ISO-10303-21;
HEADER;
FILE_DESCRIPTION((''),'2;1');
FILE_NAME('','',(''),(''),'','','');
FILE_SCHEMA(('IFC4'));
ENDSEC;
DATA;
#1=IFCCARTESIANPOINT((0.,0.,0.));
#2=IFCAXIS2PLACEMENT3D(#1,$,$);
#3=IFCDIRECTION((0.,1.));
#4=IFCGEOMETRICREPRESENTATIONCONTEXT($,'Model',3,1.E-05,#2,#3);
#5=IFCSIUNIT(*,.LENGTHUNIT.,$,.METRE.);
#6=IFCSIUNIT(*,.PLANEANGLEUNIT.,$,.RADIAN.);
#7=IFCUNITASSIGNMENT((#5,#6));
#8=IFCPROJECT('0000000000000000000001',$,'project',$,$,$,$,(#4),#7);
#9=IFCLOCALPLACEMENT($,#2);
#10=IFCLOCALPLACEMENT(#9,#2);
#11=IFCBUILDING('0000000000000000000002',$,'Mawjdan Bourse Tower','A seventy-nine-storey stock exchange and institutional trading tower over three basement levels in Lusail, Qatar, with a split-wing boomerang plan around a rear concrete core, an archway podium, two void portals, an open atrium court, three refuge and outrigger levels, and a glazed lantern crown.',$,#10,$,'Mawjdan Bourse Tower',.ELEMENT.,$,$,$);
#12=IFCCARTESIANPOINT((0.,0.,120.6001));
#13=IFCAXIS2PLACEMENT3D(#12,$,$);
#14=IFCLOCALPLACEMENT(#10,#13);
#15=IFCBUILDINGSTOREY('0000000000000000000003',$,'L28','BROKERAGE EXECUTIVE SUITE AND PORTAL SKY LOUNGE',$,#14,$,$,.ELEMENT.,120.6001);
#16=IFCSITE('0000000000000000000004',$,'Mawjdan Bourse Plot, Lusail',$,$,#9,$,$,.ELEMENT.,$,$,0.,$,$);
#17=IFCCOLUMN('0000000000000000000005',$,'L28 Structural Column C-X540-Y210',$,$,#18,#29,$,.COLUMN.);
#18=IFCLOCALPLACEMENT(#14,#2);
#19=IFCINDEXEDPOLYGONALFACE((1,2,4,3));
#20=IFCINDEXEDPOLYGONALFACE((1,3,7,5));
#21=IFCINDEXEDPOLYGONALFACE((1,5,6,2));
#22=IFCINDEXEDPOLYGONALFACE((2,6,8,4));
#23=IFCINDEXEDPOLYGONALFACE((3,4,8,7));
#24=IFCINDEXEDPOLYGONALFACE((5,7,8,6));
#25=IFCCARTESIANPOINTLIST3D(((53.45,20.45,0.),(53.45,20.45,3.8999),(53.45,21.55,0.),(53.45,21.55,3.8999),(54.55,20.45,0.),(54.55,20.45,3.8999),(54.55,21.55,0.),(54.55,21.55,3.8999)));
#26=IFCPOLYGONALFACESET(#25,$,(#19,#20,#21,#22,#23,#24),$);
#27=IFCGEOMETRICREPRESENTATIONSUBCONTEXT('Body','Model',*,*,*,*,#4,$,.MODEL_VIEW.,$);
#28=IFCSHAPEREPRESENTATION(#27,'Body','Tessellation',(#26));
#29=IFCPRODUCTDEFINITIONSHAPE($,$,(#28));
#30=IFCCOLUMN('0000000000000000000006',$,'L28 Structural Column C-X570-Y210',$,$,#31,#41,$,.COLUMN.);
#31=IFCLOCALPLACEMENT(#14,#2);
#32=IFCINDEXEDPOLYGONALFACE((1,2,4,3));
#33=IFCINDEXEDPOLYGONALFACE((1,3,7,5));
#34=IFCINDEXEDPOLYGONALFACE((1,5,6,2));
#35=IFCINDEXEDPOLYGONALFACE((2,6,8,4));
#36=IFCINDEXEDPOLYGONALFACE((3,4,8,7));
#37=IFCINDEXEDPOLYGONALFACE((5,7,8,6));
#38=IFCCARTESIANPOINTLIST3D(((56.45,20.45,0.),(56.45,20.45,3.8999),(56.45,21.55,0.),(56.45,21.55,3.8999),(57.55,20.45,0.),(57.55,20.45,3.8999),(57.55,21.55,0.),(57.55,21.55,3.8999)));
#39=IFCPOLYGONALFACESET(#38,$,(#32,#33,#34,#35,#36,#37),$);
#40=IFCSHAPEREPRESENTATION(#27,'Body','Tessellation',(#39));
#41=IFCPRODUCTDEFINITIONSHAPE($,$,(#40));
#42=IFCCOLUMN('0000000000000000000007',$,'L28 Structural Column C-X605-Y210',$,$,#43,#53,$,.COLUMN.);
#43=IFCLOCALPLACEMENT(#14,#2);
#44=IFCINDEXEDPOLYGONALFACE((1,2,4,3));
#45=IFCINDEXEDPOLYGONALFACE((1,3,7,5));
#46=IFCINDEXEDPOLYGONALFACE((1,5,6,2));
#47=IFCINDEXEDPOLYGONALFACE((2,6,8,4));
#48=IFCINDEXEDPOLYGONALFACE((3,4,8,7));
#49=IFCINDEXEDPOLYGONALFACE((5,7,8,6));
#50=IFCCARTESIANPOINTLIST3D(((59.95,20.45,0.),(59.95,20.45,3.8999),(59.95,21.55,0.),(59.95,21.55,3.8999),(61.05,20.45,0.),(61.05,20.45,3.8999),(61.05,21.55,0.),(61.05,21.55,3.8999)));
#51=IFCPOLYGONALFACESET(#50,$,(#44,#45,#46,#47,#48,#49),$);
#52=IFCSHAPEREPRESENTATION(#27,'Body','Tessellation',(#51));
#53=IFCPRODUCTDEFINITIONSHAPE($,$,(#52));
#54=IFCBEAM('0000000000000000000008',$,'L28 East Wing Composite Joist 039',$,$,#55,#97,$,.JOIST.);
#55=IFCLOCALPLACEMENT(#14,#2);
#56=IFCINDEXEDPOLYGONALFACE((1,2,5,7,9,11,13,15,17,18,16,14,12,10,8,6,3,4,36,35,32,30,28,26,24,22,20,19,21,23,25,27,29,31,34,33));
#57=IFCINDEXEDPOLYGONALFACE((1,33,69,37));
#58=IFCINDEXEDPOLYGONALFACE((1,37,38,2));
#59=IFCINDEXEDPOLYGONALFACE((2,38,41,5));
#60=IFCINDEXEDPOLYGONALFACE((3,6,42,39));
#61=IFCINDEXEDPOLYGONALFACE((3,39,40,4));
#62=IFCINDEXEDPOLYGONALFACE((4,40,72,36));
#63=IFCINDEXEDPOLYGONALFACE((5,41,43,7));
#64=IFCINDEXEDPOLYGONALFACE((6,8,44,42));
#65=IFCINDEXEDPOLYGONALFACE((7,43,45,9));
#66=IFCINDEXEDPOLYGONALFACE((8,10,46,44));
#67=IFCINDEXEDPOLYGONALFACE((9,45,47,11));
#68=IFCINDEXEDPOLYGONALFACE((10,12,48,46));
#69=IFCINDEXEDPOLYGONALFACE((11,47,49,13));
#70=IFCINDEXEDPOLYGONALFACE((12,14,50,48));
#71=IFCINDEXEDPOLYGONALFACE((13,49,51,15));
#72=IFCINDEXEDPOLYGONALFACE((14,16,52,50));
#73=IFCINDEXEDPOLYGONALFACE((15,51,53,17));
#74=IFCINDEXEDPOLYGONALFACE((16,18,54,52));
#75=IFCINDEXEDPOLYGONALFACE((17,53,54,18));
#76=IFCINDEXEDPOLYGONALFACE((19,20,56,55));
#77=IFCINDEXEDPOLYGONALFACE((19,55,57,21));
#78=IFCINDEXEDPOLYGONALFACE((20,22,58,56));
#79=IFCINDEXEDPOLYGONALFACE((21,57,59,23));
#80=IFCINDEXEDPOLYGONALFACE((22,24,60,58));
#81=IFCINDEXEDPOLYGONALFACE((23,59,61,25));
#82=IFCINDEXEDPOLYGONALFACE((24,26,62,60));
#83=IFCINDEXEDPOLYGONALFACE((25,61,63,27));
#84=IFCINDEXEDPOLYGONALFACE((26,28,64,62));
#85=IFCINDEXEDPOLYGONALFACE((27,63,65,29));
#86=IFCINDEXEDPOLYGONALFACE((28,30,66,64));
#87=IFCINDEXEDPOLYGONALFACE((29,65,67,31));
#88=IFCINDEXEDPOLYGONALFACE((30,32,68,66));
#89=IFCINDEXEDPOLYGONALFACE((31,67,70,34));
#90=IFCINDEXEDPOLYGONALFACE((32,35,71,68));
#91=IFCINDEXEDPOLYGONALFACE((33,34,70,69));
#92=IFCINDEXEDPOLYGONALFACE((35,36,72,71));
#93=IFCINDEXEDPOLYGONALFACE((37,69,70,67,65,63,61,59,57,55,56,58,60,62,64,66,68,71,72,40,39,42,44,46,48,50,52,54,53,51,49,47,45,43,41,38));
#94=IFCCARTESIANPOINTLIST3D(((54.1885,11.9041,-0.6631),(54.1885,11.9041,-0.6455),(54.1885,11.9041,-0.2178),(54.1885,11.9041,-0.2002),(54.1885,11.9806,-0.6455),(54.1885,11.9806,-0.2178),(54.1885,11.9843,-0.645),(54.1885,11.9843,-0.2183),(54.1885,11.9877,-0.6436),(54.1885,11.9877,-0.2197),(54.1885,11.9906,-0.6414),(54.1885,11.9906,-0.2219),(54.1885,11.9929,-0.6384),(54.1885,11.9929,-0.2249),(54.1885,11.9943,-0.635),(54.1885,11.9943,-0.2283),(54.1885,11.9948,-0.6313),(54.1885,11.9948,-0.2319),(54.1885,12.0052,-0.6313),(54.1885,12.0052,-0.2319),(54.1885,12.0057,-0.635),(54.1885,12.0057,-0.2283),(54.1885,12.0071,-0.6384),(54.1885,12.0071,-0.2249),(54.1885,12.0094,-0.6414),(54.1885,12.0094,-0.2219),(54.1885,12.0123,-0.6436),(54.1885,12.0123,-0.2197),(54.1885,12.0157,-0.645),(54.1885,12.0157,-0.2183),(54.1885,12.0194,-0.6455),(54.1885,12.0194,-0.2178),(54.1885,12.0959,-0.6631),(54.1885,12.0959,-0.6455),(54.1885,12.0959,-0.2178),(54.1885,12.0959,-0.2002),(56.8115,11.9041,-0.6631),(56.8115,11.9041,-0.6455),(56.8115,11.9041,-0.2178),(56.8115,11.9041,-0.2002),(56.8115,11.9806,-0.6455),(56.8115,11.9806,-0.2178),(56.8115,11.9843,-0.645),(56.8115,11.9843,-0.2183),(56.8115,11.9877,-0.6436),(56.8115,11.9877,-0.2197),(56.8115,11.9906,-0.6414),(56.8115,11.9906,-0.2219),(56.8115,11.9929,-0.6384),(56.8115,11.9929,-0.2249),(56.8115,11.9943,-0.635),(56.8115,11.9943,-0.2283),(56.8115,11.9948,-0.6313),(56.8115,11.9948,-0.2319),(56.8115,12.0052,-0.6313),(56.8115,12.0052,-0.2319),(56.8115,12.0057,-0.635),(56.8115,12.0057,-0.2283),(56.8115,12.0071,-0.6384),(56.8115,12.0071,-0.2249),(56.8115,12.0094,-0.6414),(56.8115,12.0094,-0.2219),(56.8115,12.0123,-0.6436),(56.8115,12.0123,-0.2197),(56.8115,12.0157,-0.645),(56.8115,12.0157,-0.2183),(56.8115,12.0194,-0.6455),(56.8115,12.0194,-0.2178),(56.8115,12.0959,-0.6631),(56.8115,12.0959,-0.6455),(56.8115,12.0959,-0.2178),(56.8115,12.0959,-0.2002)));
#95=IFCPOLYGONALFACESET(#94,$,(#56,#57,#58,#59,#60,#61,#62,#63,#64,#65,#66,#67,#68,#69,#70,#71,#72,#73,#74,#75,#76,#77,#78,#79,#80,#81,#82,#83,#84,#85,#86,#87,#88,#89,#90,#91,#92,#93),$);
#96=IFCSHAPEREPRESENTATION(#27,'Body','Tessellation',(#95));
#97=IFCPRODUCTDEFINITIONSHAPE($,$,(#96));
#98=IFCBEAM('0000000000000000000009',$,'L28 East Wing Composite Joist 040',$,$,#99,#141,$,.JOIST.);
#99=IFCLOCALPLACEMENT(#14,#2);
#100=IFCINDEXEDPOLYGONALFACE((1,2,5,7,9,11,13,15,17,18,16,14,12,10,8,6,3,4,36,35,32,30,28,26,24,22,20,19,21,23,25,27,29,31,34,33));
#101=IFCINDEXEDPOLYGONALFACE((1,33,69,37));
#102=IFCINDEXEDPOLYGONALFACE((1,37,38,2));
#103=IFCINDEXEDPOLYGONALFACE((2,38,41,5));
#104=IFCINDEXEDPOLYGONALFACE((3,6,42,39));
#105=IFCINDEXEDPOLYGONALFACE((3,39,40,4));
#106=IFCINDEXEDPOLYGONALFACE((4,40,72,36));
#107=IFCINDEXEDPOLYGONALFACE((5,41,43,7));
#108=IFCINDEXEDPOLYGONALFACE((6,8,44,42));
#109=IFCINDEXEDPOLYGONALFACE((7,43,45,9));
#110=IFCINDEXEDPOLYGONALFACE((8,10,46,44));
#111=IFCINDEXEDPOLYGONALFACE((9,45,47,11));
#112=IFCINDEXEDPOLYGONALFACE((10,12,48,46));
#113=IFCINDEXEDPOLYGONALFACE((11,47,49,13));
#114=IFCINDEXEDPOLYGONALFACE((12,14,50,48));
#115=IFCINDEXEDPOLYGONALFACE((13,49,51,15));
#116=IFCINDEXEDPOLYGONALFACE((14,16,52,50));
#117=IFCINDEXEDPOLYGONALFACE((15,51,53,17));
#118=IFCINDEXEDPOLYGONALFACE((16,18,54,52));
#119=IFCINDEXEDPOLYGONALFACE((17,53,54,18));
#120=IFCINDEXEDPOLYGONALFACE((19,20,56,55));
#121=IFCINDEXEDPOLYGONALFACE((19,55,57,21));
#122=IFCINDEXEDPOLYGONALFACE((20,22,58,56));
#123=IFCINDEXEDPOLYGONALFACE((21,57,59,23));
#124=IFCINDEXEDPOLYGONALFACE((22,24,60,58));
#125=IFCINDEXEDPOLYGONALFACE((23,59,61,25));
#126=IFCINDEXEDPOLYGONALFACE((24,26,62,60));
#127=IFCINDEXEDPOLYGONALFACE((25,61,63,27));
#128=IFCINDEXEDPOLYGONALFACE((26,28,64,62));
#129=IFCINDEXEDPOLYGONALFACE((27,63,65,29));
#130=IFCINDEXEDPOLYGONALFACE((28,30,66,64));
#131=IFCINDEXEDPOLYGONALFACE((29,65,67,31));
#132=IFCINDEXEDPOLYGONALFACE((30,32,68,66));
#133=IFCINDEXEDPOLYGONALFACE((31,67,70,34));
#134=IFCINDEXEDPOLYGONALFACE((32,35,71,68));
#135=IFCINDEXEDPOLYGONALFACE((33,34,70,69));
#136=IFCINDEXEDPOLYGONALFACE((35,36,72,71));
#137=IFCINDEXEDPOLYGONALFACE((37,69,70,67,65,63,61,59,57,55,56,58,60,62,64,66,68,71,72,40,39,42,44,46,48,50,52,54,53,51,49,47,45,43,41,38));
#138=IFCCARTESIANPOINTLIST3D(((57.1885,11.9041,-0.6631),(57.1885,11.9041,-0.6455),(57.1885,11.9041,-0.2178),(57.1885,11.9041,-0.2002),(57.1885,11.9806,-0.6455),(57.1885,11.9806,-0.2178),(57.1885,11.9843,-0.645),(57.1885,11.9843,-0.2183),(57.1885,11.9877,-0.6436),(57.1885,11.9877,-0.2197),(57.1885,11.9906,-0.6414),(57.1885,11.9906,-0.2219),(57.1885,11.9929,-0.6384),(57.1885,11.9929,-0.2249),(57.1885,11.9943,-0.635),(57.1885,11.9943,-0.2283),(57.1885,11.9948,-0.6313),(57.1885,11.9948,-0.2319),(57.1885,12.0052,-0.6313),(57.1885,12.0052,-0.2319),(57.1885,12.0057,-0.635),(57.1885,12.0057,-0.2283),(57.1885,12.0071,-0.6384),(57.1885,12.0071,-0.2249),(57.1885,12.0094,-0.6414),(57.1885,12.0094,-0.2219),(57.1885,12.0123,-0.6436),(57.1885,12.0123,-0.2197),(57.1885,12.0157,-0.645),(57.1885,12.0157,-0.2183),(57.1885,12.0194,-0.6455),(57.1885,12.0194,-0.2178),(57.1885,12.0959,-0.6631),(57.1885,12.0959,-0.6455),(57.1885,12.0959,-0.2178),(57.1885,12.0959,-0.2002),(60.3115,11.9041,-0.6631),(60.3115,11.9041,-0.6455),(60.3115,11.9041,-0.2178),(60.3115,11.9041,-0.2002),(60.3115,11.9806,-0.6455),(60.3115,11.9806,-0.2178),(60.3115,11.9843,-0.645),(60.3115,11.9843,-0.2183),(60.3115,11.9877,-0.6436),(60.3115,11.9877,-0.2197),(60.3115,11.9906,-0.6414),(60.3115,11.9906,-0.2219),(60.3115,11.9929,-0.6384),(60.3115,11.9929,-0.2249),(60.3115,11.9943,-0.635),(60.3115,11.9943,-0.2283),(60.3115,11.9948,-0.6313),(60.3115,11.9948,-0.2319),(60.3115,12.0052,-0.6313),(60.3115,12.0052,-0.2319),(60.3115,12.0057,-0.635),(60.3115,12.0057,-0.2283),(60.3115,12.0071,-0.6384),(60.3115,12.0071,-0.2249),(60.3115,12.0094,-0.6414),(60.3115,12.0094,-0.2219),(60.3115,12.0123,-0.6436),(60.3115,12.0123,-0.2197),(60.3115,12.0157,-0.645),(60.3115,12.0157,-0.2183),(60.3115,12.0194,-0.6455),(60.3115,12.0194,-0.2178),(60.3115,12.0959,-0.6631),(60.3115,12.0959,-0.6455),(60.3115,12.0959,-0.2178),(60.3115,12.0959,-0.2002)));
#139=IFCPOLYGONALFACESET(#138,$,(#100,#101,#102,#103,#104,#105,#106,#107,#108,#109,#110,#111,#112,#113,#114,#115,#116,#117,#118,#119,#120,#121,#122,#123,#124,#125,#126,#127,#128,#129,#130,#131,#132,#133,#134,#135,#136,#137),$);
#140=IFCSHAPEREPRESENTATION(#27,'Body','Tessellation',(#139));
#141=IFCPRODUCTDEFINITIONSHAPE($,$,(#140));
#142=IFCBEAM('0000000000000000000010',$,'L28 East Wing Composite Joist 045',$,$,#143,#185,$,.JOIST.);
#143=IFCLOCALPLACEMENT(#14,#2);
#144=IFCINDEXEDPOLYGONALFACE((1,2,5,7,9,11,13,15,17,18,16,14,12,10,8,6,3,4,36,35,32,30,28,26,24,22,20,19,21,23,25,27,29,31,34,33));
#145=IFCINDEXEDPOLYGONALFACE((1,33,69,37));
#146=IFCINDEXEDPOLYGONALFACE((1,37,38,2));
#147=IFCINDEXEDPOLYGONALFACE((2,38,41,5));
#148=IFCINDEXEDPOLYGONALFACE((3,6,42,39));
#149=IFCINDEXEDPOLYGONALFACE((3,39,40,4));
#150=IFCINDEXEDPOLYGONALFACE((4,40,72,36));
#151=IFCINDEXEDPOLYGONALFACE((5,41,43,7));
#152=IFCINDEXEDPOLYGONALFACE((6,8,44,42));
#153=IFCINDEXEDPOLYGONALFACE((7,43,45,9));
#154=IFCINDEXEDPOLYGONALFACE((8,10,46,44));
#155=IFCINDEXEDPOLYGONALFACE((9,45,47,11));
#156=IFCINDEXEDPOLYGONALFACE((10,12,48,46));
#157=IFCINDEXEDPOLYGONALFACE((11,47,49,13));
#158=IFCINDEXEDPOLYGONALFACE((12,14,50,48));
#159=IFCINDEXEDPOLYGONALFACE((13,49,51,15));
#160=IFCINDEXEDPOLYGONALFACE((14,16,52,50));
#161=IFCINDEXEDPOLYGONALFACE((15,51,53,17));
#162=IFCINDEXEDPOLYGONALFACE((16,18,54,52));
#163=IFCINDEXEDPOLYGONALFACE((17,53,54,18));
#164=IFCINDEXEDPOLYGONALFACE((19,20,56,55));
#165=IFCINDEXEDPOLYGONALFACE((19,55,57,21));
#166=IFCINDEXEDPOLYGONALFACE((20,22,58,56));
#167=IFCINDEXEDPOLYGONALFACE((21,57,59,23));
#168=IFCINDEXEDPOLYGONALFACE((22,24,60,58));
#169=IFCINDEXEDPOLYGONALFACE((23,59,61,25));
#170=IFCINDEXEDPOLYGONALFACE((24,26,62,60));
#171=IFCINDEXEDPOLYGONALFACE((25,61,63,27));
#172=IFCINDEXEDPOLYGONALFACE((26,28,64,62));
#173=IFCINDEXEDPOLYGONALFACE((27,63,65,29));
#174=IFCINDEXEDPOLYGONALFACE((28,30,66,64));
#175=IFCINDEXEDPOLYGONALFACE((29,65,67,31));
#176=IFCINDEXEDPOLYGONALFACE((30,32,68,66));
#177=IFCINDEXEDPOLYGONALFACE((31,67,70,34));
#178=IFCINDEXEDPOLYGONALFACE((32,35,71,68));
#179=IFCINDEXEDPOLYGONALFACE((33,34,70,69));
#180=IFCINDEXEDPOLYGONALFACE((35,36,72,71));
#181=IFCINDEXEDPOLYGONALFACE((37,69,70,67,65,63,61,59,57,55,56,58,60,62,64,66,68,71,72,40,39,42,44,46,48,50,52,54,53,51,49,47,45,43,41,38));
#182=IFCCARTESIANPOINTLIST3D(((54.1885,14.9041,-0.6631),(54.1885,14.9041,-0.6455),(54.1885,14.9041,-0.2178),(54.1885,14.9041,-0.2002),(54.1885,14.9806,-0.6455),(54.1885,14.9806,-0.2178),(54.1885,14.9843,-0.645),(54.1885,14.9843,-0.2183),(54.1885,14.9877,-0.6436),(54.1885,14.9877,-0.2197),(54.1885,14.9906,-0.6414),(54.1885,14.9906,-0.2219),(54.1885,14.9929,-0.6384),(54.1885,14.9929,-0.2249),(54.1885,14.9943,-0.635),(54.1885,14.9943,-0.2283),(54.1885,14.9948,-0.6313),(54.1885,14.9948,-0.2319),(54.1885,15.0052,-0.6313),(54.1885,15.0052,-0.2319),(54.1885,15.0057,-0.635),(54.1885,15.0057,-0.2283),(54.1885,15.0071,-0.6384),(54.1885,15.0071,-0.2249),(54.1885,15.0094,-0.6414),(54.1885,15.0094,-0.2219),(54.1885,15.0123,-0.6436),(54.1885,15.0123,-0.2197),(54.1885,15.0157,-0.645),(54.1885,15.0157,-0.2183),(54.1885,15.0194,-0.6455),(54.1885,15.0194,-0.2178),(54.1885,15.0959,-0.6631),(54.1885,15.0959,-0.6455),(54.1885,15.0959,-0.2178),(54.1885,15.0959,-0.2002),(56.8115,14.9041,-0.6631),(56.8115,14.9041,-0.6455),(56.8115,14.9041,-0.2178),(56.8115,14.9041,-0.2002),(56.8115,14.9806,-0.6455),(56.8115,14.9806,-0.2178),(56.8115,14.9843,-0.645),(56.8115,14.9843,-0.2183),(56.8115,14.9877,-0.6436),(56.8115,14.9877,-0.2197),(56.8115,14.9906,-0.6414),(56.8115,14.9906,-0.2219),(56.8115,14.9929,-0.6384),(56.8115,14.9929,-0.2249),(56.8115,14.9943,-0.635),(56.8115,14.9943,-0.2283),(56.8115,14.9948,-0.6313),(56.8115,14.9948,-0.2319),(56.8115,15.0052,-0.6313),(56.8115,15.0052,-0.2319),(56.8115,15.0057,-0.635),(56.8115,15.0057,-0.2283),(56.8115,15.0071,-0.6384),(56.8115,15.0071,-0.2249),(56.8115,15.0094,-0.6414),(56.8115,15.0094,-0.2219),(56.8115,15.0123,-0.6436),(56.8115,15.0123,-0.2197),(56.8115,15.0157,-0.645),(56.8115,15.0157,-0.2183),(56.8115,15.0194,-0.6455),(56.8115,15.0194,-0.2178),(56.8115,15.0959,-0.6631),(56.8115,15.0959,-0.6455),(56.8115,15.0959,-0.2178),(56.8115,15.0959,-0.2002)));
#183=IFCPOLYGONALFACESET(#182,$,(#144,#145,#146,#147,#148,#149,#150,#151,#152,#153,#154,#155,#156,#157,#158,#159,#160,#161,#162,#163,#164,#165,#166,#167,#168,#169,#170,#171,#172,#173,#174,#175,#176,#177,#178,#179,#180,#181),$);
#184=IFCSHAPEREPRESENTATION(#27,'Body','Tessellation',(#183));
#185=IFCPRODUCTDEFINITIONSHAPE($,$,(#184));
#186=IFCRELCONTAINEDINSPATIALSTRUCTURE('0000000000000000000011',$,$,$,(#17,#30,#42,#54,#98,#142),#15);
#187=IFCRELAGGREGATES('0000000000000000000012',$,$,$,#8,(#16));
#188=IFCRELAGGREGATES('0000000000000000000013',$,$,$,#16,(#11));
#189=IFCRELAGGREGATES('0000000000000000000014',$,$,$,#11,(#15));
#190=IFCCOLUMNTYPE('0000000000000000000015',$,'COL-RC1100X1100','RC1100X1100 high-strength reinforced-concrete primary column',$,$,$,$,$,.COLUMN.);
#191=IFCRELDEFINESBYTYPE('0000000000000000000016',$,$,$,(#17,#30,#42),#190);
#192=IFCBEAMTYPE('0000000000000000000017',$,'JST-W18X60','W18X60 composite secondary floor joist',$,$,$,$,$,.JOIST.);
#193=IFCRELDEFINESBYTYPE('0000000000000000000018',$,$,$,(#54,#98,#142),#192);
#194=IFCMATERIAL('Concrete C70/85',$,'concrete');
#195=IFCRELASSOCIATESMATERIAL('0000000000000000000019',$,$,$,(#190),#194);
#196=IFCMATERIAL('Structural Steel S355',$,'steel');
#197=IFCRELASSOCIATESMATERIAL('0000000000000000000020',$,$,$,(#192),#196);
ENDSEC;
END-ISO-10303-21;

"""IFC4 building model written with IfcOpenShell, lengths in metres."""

from ifc_helpers import new_model, si_unit, direction, frame, origin, origin_2d, place, context, subcontext, project, spatial, rectangle, i_section, extrude, material, material_profile, profile_set, type_object, element, save


model = new_model("IFC4")

# Units and contexts
model_context = context("Model", 3, precision=1e-05, world=origin(), true_north=direction((0.0, 1.0)))
body_context = subcontext(model_context, "Body", "Model", "MODEL_VIEW")
ifc_project = project(units=[si_unit("LENGTHUNIT", "METRE"), si_unit("PLANEANGLEUNIT", "RADIAN")], contexts=[model_context])

# Site, building, storey
site_placement = place(None, origin())
site = spatial("IfcSite", under=ifc_project, at=site_placement, Name="Mawjdan Bourse Plot, Lusail", CompositionType="ELEMENT", RefElevation=0.0)
building_placement = place(site_placement, origin())
building = spatial("IfcBuilding", under=site, at=building_placement, Name="Mawjdan Bourse Tower", Description="A seventy-nine-storey stock exchange and institutional trading tower over three basement levels in Lusail, Qatar, with a split-wing boomerang plan around a rear concrete core, an archway podium, two void portals, an open atrium court, three refuge and outrigger levels, and a glazed lantern crown.", LongName="Mawjdan Bourse Tower", CompositionType="ELEMENT")
storey_placement = place(building_placement, frame((0.0, 0.0, 120.6001)))
storey = spatial("IfcBuildingStorey", under=building, at=storey_placement, Name="L28", Description="BROKERAGE EXECUTIVE SUITE AND PORTAL SKY LOUNGE", CompositionType="ELEMENT", Elevation=120.6001)

# Columns
ifc_material_1 = material(Name="Concrete C70/85", Category="concrete")
ifc_material_profile_1 = material_profile(ifc_material_1, rectangle(XDim=1.1001, YDim=1.1001, at=origin_2d()), Name="RC1100X1100")
ifc_profile_set_1 = profile_set([ifc_material_profile_1], Name="Concrete C70/85")
column_type = type_object("IfcColumnType", Name="COL-RC1100X1100", Description="RC1100X1100 high-strength reinforced-concrete primary column", PredefinedType="COLUMN", material=ifc_profile_set_1)
for number, where, z_axis, x_axis, name in (
    (1, (54.0, 21.0, 0.0), (0.0, 0.0, 1.0), (1.0, 0.0, 0.0), "L28 Structural Column C-X540-Y210"),
    (2, (57.0, 21.0, 0.0), (0.0, 0.0, 1.0), (1.0, 0.0, 0.0), "L28 Structural Column C-X570-Y210"),
    (3, (60.5, 21.0, 0.0), (0.0, 0.0, 1.0), (1.0, 0.0, 0.0), "L28 Structural Column C-X605-Y210"),
):
    element("IfcColumn", number, at=place(storey_placement, frame(where, z_axis=z_axis, x_axis=x_axis)), inside=storey, type_object=column_type, Name=name, PredefinedType="COLUMN", context=body_context, shape_type="SweptSolid", body=[
        extrude(rectangle(XDim=1.1001, YDim=1.1001, at=origin_2d()), origin(), (0.0, 0.0, 1.0), 3.8999),
    ])

# Beams
ifc_material_2 = material(Name="Structural Steel S355", Category="steel")
ifc_material_profile_2 = material_profile(ifc_material_2, i_section(OverallWidth=0.1919, OverallDepth=0.4629, WebThickness=0.0105, FlangeThickness=0.0176, FilletRadius=0.0142, at=origin_2d()), Name="W18X60")
ifc_profile_set_2 = profile_set([ifc_material_profile_2], Name="Structural Steel S355")
beam_type_1 = type_object("IfcBeamType", Name="JST-W18X60", Description="W18X60 composite secondary floor joist", PredefinedType="JOIST", material=ifc_profile_set_2)
beam_1_placement = place(storey_placement, frame((54.1885, 12.0, -0.4316), z_axis=(1.0, 0.0, 0.0), x_axis=(0.0, 1.0, 0.0)))
element("IfcBeam", 4, at=beam_1_placement, inside=storey, type_object=beam_type_1, Name="L28 East Wing Composite Joist 039", PredefinedType="JOIST", context=body_context, shape_type="SweptSolid", body=[
    extrude(i_section(OverallWidth=0.1919, OverallDepth=0.4629, WebThickness=0.0105, FlangeThickness=0.0176, FilletRadius=0.0142, at=origin_2d()), origin(), (0.0, 0.0, 1.0), 2.623),
])
beam_2_placement = place(storey_placement, frame((57.1885, 12.0, -0.4316), z_axis=(1.0, 0.0, 0.0), x_axis=(0.0, 1.0, 0.0)))
element("IfcBeam", 5, at=beam_2_placement, inside=storey, type_object=beam_type_1, Name="L28 East Wing Composite Joist 040", PredefinedType="JOIST", context=body_context, shape_type="SweptSolid", body=[
    extrude(i_section(OverallWidth=0.1919, OverallDepth=0.4629, WebThickness=0.0105, FlangeThickness=0.0176, FilletRadius=0.0142, at=origin_2d()), origin(), (0.0, 0.0, 1.0), 3.123),
])
beam_3_placement = place(storey_placement, frame((54.1885, 15.0, -0.4316), z_axis=(1.0, 0.0, 0.0), x_axis=(0.0, 1.0, 0.0)))
element("IfcBeam", 6, at=beam_3_placement, inside=storey, type_object=beam_type_1, Name="L28 East Wing Composite Joist 045", PredefinedType="JOIST", context=body_context, shape_type="SweptSolid", body=[
    extrude(i_section(OverallWidth=0.1919, OverallDepth=0.4629, WebThickness=0.0105, FlangeThickness=0.0176, FilletRadius=0.0142, at=origin_2d()), origin(), (0.0, 0.0, 1.0), 2.623),
])

save(model, "model.ifc")
